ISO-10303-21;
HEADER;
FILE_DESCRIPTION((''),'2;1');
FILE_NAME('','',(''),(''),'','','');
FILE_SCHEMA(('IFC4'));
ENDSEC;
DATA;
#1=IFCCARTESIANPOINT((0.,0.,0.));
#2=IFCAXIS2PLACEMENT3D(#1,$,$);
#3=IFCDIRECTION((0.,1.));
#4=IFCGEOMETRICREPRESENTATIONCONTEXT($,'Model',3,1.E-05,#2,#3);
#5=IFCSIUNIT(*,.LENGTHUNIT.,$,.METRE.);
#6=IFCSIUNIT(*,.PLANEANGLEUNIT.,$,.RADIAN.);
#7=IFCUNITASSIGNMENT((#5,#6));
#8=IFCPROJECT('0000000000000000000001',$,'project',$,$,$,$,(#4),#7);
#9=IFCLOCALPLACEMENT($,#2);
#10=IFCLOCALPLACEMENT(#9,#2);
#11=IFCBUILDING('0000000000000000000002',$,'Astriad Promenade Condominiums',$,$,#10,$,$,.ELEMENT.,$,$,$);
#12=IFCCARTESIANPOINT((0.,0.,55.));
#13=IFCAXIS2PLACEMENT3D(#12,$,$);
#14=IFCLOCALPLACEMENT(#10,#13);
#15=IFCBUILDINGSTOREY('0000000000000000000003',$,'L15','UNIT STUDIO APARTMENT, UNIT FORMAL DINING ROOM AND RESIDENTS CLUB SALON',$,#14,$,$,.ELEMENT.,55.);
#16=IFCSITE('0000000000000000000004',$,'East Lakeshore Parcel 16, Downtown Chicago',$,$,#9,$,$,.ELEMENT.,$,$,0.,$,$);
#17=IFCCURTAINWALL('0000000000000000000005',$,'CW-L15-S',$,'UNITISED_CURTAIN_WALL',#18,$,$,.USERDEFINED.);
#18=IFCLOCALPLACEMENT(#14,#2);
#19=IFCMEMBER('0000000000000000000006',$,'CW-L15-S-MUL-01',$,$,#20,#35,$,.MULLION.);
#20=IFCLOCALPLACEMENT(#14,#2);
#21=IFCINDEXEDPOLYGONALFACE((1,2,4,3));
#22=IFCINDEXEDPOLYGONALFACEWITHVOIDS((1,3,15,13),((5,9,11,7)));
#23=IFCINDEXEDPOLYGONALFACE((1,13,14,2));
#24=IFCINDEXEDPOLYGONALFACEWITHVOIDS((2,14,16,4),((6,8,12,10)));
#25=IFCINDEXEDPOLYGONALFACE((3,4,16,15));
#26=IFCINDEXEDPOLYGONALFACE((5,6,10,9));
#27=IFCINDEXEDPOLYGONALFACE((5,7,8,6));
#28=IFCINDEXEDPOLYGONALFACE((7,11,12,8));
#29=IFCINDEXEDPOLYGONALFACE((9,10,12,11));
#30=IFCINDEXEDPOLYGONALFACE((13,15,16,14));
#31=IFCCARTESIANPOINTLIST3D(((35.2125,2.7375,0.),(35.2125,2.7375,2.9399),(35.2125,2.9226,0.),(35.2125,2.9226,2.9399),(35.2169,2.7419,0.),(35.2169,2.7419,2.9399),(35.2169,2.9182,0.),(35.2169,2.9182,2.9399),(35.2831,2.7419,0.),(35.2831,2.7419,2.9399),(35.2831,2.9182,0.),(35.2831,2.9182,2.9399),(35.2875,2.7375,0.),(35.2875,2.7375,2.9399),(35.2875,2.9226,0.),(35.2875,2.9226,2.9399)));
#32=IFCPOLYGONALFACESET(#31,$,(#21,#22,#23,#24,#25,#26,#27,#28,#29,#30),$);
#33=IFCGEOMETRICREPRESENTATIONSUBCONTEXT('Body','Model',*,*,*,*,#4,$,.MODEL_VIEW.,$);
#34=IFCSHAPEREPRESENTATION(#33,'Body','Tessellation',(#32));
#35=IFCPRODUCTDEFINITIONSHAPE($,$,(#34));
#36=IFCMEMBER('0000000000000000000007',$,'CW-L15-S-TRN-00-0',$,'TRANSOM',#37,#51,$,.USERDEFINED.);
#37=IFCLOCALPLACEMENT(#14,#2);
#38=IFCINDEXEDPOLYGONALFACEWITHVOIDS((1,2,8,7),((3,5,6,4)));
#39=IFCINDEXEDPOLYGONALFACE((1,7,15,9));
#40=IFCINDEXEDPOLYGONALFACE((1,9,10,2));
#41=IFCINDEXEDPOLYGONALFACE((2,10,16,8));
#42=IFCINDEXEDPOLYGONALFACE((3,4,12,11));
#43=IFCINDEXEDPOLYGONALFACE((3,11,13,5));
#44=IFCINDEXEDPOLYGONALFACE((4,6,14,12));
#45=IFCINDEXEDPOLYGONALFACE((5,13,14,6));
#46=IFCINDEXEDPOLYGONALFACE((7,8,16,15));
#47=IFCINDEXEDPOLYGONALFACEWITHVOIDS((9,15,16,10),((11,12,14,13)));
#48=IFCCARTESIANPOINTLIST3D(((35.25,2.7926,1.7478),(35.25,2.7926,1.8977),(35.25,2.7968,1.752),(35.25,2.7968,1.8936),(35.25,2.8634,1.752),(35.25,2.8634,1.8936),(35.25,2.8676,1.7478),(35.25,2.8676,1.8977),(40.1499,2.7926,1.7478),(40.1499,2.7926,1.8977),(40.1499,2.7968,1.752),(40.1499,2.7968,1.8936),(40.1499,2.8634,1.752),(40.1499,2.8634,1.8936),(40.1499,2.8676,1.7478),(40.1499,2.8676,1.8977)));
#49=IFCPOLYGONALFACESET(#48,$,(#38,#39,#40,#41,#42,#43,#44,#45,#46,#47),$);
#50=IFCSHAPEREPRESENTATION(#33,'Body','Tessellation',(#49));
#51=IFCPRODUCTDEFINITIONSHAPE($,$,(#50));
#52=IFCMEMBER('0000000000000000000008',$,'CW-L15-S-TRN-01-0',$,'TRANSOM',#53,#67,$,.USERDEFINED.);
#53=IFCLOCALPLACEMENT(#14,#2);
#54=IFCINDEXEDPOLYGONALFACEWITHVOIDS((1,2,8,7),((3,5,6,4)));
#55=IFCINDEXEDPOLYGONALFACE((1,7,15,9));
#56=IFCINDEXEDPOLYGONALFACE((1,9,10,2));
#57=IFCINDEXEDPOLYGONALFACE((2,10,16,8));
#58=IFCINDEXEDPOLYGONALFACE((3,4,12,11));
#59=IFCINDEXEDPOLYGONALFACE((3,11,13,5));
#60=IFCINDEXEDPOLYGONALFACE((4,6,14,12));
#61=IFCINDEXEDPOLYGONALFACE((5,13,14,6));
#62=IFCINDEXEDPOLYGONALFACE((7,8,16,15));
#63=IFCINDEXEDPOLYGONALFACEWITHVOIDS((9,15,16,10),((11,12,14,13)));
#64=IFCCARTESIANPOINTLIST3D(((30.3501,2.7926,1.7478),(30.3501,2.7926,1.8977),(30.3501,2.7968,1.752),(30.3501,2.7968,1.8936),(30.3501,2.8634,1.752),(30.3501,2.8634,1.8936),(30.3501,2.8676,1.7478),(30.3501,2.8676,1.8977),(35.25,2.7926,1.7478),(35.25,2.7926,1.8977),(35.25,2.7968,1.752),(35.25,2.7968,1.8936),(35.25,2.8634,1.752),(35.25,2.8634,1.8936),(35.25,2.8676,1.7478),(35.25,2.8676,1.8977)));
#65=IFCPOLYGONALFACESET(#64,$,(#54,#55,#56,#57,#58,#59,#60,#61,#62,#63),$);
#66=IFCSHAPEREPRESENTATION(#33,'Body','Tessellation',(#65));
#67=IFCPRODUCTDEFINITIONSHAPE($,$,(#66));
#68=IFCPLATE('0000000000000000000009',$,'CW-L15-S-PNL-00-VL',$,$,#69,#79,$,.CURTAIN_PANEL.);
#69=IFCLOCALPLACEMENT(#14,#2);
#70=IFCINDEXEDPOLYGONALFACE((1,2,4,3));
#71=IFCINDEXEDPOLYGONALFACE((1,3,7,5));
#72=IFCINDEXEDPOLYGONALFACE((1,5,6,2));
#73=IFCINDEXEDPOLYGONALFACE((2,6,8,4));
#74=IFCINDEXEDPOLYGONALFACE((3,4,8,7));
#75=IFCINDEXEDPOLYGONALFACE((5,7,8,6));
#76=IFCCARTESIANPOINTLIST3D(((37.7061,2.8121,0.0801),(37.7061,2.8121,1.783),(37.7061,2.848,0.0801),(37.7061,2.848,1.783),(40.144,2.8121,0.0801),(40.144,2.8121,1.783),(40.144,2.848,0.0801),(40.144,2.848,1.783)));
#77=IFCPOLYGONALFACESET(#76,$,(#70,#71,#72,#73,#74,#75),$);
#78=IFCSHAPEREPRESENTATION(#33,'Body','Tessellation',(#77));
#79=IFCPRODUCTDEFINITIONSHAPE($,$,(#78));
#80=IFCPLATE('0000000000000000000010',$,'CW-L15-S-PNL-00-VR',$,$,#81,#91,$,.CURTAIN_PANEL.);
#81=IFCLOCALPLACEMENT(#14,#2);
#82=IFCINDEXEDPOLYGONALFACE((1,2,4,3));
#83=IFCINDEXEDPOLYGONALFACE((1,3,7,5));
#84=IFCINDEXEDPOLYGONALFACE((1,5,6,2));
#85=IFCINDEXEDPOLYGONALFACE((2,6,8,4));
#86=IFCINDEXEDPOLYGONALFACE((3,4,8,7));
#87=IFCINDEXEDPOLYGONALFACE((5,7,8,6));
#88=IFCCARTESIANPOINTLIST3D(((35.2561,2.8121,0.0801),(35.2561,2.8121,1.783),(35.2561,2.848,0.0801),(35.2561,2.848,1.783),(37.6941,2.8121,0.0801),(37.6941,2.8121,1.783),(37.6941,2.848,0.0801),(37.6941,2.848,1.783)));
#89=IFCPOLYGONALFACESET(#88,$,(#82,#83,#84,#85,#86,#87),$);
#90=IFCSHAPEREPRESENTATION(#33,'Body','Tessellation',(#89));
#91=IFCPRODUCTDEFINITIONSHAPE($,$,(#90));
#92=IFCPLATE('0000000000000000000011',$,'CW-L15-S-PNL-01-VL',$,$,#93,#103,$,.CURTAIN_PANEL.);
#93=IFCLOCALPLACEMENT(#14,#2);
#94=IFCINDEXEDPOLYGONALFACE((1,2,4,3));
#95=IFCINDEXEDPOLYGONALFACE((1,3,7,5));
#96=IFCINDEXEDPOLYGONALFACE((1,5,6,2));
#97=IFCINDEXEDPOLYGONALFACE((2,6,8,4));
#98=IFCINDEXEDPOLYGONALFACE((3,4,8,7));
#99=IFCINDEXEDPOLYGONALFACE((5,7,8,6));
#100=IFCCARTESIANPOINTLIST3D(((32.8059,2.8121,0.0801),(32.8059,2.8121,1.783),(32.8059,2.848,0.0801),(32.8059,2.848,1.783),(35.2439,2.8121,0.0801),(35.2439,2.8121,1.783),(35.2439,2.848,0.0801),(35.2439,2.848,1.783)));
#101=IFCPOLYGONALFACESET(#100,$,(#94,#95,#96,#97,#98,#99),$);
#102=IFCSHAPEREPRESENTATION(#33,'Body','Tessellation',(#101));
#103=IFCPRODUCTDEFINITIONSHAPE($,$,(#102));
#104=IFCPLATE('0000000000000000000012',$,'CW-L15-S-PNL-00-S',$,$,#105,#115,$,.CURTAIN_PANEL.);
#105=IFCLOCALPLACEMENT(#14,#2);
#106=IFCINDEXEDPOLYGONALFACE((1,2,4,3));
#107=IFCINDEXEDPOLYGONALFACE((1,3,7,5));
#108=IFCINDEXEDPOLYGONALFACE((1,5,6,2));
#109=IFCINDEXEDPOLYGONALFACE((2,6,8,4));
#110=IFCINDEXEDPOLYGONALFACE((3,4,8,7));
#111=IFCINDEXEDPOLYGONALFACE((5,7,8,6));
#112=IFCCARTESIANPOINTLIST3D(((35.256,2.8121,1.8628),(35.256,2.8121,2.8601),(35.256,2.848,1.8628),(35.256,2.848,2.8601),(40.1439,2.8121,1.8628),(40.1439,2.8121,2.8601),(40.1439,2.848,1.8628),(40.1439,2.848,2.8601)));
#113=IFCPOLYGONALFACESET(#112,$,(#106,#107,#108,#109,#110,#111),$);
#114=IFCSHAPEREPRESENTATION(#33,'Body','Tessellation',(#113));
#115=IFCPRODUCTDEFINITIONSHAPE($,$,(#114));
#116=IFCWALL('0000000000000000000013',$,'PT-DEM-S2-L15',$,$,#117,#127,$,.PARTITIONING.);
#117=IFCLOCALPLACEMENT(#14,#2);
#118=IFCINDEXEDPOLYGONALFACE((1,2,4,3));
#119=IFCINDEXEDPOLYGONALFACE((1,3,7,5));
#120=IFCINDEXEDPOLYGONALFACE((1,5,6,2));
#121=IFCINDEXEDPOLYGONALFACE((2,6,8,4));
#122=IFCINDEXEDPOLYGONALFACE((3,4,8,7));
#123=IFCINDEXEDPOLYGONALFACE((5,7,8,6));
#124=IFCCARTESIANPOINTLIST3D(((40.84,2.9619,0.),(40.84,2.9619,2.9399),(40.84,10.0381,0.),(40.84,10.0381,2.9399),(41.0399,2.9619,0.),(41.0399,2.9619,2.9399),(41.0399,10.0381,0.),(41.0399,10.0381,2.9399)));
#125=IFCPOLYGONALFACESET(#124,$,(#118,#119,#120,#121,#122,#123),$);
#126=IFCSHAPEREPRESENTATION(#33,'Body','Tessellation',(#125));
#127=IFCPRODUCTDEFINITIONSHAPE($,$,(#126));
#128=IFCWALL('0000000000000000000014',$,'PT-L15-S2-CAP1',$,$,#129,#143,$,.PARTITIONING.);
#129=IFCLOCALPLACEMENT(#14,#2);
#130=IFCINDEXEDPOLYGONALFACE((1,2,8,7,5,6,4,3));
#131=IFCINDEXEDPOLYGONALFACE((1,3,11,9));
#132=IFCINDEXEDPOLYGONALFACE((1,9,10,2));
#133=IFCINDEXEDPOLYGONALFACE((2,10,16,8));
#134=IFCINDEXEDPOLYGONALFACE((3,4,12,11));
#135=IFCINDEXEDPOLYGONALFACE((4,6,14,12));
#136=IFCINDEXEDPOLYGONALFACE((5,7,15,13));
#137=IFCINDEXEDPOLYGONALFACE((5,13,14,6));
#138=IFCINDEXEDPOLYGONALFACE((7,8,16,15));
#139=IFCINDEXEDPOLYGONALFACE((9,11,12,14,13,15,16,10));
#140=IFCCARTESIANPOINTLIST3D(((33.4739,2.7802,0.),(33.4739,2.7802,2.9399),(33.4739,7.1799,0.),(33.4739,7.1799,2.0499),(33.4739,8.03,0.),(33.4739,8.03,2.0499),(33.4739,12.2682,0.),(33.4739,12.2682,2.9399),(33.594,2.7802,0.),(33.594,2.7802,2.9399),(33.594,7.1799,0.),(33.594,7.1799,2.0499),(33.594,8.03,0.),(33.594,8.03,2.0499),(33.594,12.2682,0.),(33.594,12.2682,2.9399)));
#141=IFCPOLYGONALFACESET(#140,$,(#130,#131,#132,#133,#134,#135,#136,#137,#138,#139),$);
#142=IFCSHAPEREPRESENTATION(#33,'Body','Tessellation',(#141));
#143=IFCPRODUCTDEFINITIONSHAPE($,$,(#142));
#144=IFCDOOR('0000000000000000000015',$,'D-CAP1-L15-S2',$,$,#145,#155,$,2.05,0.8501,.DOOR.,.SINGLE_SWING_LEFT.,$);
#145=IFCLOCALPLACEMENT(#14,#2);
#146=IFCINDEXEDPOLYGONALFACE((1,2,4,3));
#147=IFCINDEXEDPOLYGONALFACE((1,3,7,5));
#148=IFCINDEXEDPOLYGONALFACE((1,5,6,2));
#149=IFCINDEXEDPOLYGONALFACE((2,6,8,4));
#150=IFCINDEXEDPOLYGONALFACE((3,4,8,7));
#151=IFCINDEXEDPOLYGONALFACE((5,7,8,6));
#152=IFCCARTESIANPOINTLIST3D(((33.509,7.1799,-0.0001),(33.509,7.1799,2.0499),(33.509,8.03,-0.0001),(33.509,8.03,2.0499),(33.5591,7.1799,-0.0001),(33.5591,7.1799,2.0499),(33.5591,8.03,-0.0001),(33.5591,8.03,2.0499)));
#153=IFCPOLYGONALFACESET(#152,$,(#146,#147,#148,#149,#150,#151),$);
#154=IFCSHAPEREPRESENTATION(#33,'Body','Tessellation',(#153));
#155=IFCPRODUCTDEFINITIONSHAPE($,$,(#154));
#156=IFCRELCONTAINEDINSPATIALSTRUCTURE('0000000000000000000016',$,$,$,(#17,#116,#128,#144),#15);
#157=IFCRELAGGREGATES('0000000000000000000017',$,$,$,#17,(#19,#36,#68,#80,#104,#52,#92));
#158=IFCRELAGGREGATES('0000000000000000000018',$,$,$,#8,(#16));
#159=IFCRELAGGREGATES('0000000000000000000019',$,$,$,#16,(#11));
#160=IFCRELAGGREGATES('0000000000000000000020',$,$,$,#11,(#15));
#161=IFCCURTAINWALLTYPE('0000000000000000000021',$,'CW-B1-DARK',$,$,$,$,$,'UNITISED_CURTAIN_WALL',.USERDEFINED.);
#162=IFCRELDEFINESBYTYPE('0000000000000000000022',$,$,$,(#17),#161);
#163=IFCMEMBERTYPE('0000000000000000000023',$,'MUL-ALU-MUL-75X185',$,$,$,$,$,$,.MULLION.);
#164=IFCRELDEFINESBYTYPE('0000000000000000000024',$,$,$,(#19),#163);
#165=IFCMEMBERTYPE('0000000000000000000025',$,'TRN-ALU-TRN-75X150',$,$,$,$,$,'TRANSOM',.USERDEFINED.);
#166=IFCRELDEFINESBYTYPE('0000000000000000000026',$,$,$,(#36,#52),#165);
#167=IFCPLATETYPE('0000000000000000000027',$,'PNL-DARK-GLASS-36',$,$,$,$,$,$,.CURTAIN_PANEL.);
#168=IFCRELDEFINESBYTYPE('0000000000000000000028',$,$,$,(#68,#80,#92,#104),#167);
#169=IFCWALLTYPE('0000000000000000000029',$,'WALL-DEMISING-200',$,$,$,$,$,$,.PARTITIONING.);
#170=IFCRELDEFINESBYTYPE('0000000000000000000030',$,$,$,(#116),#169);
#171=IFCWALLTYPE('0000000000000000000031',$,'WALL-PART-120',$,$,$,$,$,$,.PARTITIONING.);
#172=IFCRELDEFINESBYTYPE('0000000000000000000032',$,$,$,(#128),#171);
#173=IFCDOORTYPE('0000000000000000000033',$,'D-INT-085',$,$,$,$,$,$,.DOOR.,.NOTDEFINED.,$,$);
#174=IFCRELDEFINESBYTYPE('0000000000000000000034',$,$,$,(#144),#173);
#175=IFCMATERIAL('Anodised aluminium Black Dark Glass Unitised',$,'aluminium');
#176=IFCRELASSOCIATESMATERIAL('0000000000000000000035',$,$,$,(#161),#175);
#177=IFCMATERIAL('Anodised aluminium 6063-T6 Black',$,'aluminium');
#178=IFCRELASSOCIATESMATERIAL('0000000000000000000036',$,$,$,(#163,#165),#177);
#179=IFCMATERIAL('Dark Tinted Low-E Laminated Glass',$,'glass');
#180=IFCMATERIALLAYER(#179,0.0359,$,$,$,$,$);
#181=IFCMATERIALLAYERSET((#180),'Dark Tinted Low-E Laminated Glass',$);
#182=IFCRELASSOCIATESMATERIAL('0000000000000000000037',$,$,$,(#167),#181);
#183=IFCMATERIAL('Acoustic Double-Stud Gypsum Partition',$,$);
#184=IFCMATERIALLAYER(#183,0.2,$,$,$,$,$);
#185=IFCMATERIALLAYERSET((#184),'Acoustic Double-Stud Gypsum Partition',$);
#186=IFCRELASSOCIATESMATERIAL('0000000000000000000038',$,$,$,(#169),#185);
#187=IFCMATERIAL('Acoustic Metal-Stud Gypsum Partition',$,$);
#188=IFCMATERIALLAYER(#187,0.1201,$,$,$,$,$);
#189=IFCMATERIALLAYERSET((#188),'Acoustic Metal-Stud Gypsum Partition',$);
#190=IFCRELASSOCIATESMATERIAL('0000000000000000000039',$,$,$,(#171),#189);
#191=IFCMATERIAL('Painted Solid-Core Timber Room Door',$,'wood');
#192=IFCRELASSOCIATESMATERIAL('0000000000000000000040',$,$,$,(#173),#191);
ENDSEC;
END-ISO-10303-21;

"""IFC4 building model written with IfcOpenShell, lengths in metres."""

from ifc_helpers import new_model, si_unit, direction, frame, frame_2d, origin, origin_2d, place, context, subcontext, project, spatial, rectangle, hollow_rectangle, extrude, source, transform, mapped, material, layer, layer_set, material_profile, profile_set, type_object, type_shapes, element, fill, aggregate, save


model = new_model("IFC4")

# Units and contexts
model_context = context("Model", 3, precision=1e-05, world=origin(), true_north=direction((0.0, 1.0)))
body_context = subcontext(model_context, "Body", "Model", "MODEL_VIEW")
ifc_project = project(units=[si_unit("LENGTHUNIT", "METRE"), si_unit("PLANEANGLEUNIT", "RADIAN")], contexts=[model_context])

# Site, building, storey
site_placement = place(None, origin())
site = spatial("IfcSite", under=ifc_project, at=site_placement, Name="East Lakeshore Parcel 16, Downtown Chicago", CompositionType="ELEMENT", RefElevation=0.0)
building_placement = place(site_placement, origin())
building = spatial("IfcBuilding", under=site, at=building_placement, Name="Astriad Promenade Condominiums", CompositionType="ELEMENT")
storey_placement = place(building_placement, frame((0.0, 0.0, 55.0)))
storey = spatial("IfcBuildingStorey", under=building, at=storey_placement, Name="L15", Description="UNIT STUDIO APARTMENT, UNIT FORMAL DINING ROOM AND RESIDENTS CLUB SALON", CompositionType="ELEMENT", Elevation=55.0)

# Curtain wall, members, plates
ifc_material_1 = material(Name="Anodised aluminium Black Dark Glass Unitised", Category="aluminium")
curtain_wall_type = type_object("IfcCurtainWallType", Name="CW-B1-DARK", ElementType="UNITISED_CURTAIN_WALL", PredefinedType="USERDEFINED", material=ifc_material_1)
curtain_wall_placement = place(storey_placement, origin())
curtain_wall = element("IfcCurtainWall", 1, at=curtain_wall_placement, inside=storey, type_object=curtain_wall_type, Name="CW-L15-S", ObjectType="UNITISED_CURTAIN_WALL", PredefinedType="USERDEFINED")
ifc_material_2 = material(Name="Anodised aluminium 6063-T6 Black", Category="aluminium")
ifc_material_profile_1 = material_profile(ifc_material_2, hollow_rectangle(XDim=0.075, YDim=0.1851, WallThickness=0.0044, at=origin_2d()), Name="ALU-MUL-75X185")
ifc_profile_set_1 = profile_set([ifc_material_profile_1], Name="Anodised aluminium 6063-T6 Black")
member_type_1 = type_object("IfcMemberType", Name="MUL-ALU-MUL-75X185", PredefinedType="MULLION", material=ifc_profile_set_1)
shared_shape_1 = source(origin(), body_context, "Body", "SweptSolid", [
    extrude(hollow_rectangle(XDim=0.075, YDim=0.1851, WallThickness=0.0044, at=origin_2d()), origin(), (0.0, 0.0, 1.0), 2.9399),
])
type_shapes(member_type_1, [shared_shape_1])
member_1_placement = place(storey_placement, frame((35.25, 2.8301, 0.0), z_axis=(0.0, 0.0, 1.0), x_axis=(1.0, 0.0, 0.0)))
member_1 = element("IfcMember", 2, at=member_1_placement, type_object=member_type_1, Name="CW-L15-S-MUL-01", PredefinedType="MULLION", context=body_context, shape_type="MappedRepresentation", body=[
    mapped(shared_shape_1, transform((0.0, 0.0, 0.0), scale=1.0)),
])
ifc_material_profile_2 = material_profile(ifc_material_2, hollow_rectangle(XDim=0.075, YDim=0.1499, WallThickness=0.0042, at=origin_2d()), Name="ALU-TRN-75X150")
ifc_profile_set_2 = profile_set([ifc_material_profile_2], Name="Anodised aluminium 6063-T6 Black")
member_type_2 = type_object("IfcMemberType", Name="TRN-ALU-TRN-75X150", ElementType="TRANSOM", PredefinedType="USERDEFINED", material=ifc_profile_set_2)
shared_shape_2 = source(origin(), body_context, "Body", "SweptSolid", [
    extrude(hollow_rectangle(XDim=0.075, YDim=0.1499, WallThickness=0.0042, at=origin_2d()), origin(), (0.0, 0.0, 1.0), 4.8999),
])
type_shapes(member_type_2, [shared_shape_2])
member_2_placement = place(storey_placement, frame((40.1499, 2.8301, 1.8228), z_axis=(-1.0, 0.0, 0.0), x_axis=(0.0, -1.0, 0.0)))
member_2 = element("IfcMember", 3, at=member_2_placement, type_object=member_type_2, Name="CW-L15-S-TRN-00-0", ObjectType="TRANSOM", PredefinedType="USERDEFINED", context=body_context, shape_type="MappedRepresentation", body=[
    mapped(shared_shape_2, transform((0.0, 0.0, 0.0), scale=1.0)),
])
member_3_placement = place(storey_placement, frame((35.25, 2.8301, 1.8228), z_axis=(-1.0, 0.0, 0.0), x_axis=(0.0, -1.0, 0.0)))
member_3 = element("IfcMember", 4, at=member_3_placement, type_object=member_type_2, Name="CW-L15-S-TRN-01-0", ObjectType="TRANSOM", PredefinedType="USERDEFINED", context=body_context, shape_type="MappedRepresentation", body=[
    mapped(shared_shape_2, transform((0.0, 0.0, 0.0), scale=1.0)),
])
ifc_material_3 = material(Name="Dark Tinted Low-E Laminated Glass", Category="glass")
ifc_layer_1 = layer(ifc_material_3, 0.0359)
ifc_layer_set_1 = layer_set([ifc_layer_1], Name="Dark Tinted Low-E Laminated Glass")
plate_type = type_object("IfcPlateType", Name="PNL-DARK-GLASS-36", PredefinedType="CURTAIN_PANEL", material=ifc_layer_set_1)
shared_shape_3 = source(origin(), body_context, "Body", "SweptSolid", [
    extrude(rectangle(XDim=2.438, YDim=0.0359, at=origin_2d()), origin(), (0.0, 0.0, 1.0), 1.7029),
])
plate_1_placement = place(storey_placement, frame((38.925, 2.8301, 0.0801), z_axis=(0.0, 0.0, 1.0), x_axis=(-1.0, 0.0, 0.0)))
plate_1 = element("IfcPlate", 5, at=plate_1_placement, type_object=plate_type, Name="CW-L15-S-PNL-00-VL", PredefinedType="CURTAIN_PANEL", context=body_context, shape_type="MappedRepresentation", body=[
    mapped(shared_shape_3, transform((0.0, 0.0, 0.0), scale=1.0)),
])
plate_2_placement = place(storey_placement, frame((36.4751, 2.8301, 0.0801), z_axis=(0.0, 0.0, 1.0), x_axis=(-1.0, 0.0, 0.0)))
plate_2 = element("IfcPlate", 6, at=plate_2_placement, type_object=plate_type, Name="CW-L15-S-PNL-00-VR", PredefinedType="CURTAIN_PANEL", context=body_context, shape_type="MappedRepresentation", body=[
    mapped(shared_shape_3, transform((0.0, 0.0, 0.0), scale=1.0)),
])
plate_3_placement = place(storey_placement, frame((34.0249, 2.8301, 0.0801), z_axis=(0.0, 0.0, 1.0), x_axis=(-1.0, 0.0, 0.0)))
plate_3 = element("IfcPlate", 7, at=plate_3_placement, type_object=plate_type, Name="CW-L15-S-PNL-01-VL", PredefinedType="CURTAIN_PANEL", context=body_context, shape_type="MappedRepresentation", body=[
    mapped(shared_shape_3, transform((0.0, 0.0, 0.0), scale=1.0)),
])
shared_shape_4 = source(origin(), body_context, "Body", "SweptSolid", [
    extrude(rectangle(XDim=4.8879, YDim=0.0359, at=origin_2d()), origin(), (0.0, 0.0, 1.0), 0.9973),
])
type_shapes(plate_type, [shared_shape_3, shared_shape_4])
plate_4_placement = place(storey_placement, frame((37.7, 2.8301, 1.8628), z_axis=(0.0, 0.0, 1.0), x_axis=(-1.0, 0.0, 0.0)))
plate_4 = element("IfcPlate", 8, at=plate_4_placement, type_object=plate_type, Name="CW-L15-S-PNL-00-S", PredefinedType="CURTAIN_PANEL", context=body_context, shape_type="MappedRepresentation", body=[
    mapped(shared_shape_4, transform((0.0, 0.0, 0.0), scale=1.0)),
])
aggregate(curtain_wall, [member_1, member_2, plate_1, plate_2, plate_4, member_3, plate_3])

# Wall
ifc_material_4 = material(Name="Acoustic Double-Stud Gypsum Partition")
ifc_layer_2 = layer(ifc_material_4, 0.2)
ifc_layer_set_2 = layer_set([ifc_layer_2], Name="Acoustic Double-Stud Gypsum Partition")
wall_type_1 = type_object("IfcWallType", Name="WALL-DEMISING-200", PredefinedType="PARTITIONING", material=ifc_layer_set_2)
wall_1_placement = place(storey_placement, frame((40.9399, 2.9619, 0.0), z_axis=(0.0, 0.0, 1.0), x_axis=(0.0, 1.0, 0.0)))
element("IfcWall", 9, at=wall_1_placement, inside=storey, type_object=wall_type_1, Name="PT-DEM-S2-L15", PredefinedType="PARTITIONING", context=body_context, shape_type="SweptSolid", body=[
    extrude(rectangle(XDim=7.0762, YDim=0.2, at=frame_2d((3.5381, 0.0))), origin(), (0.0, 0.0, 1.0), 2.9399),
])

# Wall, opening, door
ifc_material_5 = material(Name="Acoustic Metal-Stud Gypsum Partition")
ifc_layer_3 = layer(ifc_material_5, 0.1201)
ifc_layer_set_3 = layer_set([ifc_layer_3], Name="Acoustic Metal-Stud Gypsum Partition")
wall_type_2 = type_object("IfcWallType", Name="WALL-PART-120", PredefinedType="PARTITIONING", material=ifc_layer_set_3)
wall_2_placement = place(storey_placement, frame((33.5339, 2.78, 0.0), z_axis=(0.0, 0.0, 1.0), x_axis=(0.0, 1.0, 0.0)))
wall_2 = element("IfcWall", 10, at=wall_2_placement, inside=storey, type_object=wall_type_2, Name="PT-L15-S2-CAP1", PredefinedType="PARTITIONING", context=body_context, shape_type="SweptSolid", body=[
    extrude(rectangle(XDim=9.488, YDim=0.1201, at=frame_2d((4.7441, 0.0))), origin(), (0.0, 0.0, 1.0), 2.9399),
])
opening_1_placement = place(wall_2_placement, frame((4.3999, 0.0, 0.0)))
opening_1 = element("IfcOpeningElement", 11, at=opening_1_placement, cuts=wall_2, PredefinedType="OPENING", context=body_context, shape_type="SweptSolid", body=[
    extrude(rectangle(XDim=0.8501, YDim=2.05, at=frame_2d((0.425, 1.0249))), frame((0.0, 0.0701, 0.0), z_axis=(0.0, -1.0, 0.0), x_axis=(1.0, 0.0, 0.0)), (0.0, 0.0, 1.0), 0.1401),
])
ifc_material_6 = material(Name="Painted Solid-Core Timber Room Door", Category="wood")
door_type_1 = type_object("IfcDoorType", Name="D-INT-085", OperationType="NOTDEFINED", PredefinedType="DOOR", material=ifc_material_6)
shared_shape_5 = source(origin(), body_context, "Body", "SweptSolid", [
    extrude(rectangle(XDim=0.8501, YDim=2.05, at=frame_2d((0.425, 1.0249))), frame((0.0, 0.0249, 0.0), z_axis=(0.0, -1.0, 0.0), x_axis=(1.0, 0.0, 0.0)), (0.0, 0.0, 1.0), 0.05),
])
type_shapes(door_type_1, [shared_shape_5])
door_1_placement = place(opening_1_placement, origin())
door_1 = element("IfcDoor", 12, at=door_1_placement, inside=storey, type_object=door_type_1, Name="D-CAP1-L15-S2", OperationType="SINGLE_SWING_LEFT", OverallHeight=2.05, OverallWidth=0.8501, PredefinedType="DOOR", context=body_context, shape_type="MappedRepresentation", body=[
    mapped(shared_shape_5, transform((0.0, 0.0, 0.0), scale=1.0)),
])
fill(opening_1, door_1)

save(model, "model.ifc")
